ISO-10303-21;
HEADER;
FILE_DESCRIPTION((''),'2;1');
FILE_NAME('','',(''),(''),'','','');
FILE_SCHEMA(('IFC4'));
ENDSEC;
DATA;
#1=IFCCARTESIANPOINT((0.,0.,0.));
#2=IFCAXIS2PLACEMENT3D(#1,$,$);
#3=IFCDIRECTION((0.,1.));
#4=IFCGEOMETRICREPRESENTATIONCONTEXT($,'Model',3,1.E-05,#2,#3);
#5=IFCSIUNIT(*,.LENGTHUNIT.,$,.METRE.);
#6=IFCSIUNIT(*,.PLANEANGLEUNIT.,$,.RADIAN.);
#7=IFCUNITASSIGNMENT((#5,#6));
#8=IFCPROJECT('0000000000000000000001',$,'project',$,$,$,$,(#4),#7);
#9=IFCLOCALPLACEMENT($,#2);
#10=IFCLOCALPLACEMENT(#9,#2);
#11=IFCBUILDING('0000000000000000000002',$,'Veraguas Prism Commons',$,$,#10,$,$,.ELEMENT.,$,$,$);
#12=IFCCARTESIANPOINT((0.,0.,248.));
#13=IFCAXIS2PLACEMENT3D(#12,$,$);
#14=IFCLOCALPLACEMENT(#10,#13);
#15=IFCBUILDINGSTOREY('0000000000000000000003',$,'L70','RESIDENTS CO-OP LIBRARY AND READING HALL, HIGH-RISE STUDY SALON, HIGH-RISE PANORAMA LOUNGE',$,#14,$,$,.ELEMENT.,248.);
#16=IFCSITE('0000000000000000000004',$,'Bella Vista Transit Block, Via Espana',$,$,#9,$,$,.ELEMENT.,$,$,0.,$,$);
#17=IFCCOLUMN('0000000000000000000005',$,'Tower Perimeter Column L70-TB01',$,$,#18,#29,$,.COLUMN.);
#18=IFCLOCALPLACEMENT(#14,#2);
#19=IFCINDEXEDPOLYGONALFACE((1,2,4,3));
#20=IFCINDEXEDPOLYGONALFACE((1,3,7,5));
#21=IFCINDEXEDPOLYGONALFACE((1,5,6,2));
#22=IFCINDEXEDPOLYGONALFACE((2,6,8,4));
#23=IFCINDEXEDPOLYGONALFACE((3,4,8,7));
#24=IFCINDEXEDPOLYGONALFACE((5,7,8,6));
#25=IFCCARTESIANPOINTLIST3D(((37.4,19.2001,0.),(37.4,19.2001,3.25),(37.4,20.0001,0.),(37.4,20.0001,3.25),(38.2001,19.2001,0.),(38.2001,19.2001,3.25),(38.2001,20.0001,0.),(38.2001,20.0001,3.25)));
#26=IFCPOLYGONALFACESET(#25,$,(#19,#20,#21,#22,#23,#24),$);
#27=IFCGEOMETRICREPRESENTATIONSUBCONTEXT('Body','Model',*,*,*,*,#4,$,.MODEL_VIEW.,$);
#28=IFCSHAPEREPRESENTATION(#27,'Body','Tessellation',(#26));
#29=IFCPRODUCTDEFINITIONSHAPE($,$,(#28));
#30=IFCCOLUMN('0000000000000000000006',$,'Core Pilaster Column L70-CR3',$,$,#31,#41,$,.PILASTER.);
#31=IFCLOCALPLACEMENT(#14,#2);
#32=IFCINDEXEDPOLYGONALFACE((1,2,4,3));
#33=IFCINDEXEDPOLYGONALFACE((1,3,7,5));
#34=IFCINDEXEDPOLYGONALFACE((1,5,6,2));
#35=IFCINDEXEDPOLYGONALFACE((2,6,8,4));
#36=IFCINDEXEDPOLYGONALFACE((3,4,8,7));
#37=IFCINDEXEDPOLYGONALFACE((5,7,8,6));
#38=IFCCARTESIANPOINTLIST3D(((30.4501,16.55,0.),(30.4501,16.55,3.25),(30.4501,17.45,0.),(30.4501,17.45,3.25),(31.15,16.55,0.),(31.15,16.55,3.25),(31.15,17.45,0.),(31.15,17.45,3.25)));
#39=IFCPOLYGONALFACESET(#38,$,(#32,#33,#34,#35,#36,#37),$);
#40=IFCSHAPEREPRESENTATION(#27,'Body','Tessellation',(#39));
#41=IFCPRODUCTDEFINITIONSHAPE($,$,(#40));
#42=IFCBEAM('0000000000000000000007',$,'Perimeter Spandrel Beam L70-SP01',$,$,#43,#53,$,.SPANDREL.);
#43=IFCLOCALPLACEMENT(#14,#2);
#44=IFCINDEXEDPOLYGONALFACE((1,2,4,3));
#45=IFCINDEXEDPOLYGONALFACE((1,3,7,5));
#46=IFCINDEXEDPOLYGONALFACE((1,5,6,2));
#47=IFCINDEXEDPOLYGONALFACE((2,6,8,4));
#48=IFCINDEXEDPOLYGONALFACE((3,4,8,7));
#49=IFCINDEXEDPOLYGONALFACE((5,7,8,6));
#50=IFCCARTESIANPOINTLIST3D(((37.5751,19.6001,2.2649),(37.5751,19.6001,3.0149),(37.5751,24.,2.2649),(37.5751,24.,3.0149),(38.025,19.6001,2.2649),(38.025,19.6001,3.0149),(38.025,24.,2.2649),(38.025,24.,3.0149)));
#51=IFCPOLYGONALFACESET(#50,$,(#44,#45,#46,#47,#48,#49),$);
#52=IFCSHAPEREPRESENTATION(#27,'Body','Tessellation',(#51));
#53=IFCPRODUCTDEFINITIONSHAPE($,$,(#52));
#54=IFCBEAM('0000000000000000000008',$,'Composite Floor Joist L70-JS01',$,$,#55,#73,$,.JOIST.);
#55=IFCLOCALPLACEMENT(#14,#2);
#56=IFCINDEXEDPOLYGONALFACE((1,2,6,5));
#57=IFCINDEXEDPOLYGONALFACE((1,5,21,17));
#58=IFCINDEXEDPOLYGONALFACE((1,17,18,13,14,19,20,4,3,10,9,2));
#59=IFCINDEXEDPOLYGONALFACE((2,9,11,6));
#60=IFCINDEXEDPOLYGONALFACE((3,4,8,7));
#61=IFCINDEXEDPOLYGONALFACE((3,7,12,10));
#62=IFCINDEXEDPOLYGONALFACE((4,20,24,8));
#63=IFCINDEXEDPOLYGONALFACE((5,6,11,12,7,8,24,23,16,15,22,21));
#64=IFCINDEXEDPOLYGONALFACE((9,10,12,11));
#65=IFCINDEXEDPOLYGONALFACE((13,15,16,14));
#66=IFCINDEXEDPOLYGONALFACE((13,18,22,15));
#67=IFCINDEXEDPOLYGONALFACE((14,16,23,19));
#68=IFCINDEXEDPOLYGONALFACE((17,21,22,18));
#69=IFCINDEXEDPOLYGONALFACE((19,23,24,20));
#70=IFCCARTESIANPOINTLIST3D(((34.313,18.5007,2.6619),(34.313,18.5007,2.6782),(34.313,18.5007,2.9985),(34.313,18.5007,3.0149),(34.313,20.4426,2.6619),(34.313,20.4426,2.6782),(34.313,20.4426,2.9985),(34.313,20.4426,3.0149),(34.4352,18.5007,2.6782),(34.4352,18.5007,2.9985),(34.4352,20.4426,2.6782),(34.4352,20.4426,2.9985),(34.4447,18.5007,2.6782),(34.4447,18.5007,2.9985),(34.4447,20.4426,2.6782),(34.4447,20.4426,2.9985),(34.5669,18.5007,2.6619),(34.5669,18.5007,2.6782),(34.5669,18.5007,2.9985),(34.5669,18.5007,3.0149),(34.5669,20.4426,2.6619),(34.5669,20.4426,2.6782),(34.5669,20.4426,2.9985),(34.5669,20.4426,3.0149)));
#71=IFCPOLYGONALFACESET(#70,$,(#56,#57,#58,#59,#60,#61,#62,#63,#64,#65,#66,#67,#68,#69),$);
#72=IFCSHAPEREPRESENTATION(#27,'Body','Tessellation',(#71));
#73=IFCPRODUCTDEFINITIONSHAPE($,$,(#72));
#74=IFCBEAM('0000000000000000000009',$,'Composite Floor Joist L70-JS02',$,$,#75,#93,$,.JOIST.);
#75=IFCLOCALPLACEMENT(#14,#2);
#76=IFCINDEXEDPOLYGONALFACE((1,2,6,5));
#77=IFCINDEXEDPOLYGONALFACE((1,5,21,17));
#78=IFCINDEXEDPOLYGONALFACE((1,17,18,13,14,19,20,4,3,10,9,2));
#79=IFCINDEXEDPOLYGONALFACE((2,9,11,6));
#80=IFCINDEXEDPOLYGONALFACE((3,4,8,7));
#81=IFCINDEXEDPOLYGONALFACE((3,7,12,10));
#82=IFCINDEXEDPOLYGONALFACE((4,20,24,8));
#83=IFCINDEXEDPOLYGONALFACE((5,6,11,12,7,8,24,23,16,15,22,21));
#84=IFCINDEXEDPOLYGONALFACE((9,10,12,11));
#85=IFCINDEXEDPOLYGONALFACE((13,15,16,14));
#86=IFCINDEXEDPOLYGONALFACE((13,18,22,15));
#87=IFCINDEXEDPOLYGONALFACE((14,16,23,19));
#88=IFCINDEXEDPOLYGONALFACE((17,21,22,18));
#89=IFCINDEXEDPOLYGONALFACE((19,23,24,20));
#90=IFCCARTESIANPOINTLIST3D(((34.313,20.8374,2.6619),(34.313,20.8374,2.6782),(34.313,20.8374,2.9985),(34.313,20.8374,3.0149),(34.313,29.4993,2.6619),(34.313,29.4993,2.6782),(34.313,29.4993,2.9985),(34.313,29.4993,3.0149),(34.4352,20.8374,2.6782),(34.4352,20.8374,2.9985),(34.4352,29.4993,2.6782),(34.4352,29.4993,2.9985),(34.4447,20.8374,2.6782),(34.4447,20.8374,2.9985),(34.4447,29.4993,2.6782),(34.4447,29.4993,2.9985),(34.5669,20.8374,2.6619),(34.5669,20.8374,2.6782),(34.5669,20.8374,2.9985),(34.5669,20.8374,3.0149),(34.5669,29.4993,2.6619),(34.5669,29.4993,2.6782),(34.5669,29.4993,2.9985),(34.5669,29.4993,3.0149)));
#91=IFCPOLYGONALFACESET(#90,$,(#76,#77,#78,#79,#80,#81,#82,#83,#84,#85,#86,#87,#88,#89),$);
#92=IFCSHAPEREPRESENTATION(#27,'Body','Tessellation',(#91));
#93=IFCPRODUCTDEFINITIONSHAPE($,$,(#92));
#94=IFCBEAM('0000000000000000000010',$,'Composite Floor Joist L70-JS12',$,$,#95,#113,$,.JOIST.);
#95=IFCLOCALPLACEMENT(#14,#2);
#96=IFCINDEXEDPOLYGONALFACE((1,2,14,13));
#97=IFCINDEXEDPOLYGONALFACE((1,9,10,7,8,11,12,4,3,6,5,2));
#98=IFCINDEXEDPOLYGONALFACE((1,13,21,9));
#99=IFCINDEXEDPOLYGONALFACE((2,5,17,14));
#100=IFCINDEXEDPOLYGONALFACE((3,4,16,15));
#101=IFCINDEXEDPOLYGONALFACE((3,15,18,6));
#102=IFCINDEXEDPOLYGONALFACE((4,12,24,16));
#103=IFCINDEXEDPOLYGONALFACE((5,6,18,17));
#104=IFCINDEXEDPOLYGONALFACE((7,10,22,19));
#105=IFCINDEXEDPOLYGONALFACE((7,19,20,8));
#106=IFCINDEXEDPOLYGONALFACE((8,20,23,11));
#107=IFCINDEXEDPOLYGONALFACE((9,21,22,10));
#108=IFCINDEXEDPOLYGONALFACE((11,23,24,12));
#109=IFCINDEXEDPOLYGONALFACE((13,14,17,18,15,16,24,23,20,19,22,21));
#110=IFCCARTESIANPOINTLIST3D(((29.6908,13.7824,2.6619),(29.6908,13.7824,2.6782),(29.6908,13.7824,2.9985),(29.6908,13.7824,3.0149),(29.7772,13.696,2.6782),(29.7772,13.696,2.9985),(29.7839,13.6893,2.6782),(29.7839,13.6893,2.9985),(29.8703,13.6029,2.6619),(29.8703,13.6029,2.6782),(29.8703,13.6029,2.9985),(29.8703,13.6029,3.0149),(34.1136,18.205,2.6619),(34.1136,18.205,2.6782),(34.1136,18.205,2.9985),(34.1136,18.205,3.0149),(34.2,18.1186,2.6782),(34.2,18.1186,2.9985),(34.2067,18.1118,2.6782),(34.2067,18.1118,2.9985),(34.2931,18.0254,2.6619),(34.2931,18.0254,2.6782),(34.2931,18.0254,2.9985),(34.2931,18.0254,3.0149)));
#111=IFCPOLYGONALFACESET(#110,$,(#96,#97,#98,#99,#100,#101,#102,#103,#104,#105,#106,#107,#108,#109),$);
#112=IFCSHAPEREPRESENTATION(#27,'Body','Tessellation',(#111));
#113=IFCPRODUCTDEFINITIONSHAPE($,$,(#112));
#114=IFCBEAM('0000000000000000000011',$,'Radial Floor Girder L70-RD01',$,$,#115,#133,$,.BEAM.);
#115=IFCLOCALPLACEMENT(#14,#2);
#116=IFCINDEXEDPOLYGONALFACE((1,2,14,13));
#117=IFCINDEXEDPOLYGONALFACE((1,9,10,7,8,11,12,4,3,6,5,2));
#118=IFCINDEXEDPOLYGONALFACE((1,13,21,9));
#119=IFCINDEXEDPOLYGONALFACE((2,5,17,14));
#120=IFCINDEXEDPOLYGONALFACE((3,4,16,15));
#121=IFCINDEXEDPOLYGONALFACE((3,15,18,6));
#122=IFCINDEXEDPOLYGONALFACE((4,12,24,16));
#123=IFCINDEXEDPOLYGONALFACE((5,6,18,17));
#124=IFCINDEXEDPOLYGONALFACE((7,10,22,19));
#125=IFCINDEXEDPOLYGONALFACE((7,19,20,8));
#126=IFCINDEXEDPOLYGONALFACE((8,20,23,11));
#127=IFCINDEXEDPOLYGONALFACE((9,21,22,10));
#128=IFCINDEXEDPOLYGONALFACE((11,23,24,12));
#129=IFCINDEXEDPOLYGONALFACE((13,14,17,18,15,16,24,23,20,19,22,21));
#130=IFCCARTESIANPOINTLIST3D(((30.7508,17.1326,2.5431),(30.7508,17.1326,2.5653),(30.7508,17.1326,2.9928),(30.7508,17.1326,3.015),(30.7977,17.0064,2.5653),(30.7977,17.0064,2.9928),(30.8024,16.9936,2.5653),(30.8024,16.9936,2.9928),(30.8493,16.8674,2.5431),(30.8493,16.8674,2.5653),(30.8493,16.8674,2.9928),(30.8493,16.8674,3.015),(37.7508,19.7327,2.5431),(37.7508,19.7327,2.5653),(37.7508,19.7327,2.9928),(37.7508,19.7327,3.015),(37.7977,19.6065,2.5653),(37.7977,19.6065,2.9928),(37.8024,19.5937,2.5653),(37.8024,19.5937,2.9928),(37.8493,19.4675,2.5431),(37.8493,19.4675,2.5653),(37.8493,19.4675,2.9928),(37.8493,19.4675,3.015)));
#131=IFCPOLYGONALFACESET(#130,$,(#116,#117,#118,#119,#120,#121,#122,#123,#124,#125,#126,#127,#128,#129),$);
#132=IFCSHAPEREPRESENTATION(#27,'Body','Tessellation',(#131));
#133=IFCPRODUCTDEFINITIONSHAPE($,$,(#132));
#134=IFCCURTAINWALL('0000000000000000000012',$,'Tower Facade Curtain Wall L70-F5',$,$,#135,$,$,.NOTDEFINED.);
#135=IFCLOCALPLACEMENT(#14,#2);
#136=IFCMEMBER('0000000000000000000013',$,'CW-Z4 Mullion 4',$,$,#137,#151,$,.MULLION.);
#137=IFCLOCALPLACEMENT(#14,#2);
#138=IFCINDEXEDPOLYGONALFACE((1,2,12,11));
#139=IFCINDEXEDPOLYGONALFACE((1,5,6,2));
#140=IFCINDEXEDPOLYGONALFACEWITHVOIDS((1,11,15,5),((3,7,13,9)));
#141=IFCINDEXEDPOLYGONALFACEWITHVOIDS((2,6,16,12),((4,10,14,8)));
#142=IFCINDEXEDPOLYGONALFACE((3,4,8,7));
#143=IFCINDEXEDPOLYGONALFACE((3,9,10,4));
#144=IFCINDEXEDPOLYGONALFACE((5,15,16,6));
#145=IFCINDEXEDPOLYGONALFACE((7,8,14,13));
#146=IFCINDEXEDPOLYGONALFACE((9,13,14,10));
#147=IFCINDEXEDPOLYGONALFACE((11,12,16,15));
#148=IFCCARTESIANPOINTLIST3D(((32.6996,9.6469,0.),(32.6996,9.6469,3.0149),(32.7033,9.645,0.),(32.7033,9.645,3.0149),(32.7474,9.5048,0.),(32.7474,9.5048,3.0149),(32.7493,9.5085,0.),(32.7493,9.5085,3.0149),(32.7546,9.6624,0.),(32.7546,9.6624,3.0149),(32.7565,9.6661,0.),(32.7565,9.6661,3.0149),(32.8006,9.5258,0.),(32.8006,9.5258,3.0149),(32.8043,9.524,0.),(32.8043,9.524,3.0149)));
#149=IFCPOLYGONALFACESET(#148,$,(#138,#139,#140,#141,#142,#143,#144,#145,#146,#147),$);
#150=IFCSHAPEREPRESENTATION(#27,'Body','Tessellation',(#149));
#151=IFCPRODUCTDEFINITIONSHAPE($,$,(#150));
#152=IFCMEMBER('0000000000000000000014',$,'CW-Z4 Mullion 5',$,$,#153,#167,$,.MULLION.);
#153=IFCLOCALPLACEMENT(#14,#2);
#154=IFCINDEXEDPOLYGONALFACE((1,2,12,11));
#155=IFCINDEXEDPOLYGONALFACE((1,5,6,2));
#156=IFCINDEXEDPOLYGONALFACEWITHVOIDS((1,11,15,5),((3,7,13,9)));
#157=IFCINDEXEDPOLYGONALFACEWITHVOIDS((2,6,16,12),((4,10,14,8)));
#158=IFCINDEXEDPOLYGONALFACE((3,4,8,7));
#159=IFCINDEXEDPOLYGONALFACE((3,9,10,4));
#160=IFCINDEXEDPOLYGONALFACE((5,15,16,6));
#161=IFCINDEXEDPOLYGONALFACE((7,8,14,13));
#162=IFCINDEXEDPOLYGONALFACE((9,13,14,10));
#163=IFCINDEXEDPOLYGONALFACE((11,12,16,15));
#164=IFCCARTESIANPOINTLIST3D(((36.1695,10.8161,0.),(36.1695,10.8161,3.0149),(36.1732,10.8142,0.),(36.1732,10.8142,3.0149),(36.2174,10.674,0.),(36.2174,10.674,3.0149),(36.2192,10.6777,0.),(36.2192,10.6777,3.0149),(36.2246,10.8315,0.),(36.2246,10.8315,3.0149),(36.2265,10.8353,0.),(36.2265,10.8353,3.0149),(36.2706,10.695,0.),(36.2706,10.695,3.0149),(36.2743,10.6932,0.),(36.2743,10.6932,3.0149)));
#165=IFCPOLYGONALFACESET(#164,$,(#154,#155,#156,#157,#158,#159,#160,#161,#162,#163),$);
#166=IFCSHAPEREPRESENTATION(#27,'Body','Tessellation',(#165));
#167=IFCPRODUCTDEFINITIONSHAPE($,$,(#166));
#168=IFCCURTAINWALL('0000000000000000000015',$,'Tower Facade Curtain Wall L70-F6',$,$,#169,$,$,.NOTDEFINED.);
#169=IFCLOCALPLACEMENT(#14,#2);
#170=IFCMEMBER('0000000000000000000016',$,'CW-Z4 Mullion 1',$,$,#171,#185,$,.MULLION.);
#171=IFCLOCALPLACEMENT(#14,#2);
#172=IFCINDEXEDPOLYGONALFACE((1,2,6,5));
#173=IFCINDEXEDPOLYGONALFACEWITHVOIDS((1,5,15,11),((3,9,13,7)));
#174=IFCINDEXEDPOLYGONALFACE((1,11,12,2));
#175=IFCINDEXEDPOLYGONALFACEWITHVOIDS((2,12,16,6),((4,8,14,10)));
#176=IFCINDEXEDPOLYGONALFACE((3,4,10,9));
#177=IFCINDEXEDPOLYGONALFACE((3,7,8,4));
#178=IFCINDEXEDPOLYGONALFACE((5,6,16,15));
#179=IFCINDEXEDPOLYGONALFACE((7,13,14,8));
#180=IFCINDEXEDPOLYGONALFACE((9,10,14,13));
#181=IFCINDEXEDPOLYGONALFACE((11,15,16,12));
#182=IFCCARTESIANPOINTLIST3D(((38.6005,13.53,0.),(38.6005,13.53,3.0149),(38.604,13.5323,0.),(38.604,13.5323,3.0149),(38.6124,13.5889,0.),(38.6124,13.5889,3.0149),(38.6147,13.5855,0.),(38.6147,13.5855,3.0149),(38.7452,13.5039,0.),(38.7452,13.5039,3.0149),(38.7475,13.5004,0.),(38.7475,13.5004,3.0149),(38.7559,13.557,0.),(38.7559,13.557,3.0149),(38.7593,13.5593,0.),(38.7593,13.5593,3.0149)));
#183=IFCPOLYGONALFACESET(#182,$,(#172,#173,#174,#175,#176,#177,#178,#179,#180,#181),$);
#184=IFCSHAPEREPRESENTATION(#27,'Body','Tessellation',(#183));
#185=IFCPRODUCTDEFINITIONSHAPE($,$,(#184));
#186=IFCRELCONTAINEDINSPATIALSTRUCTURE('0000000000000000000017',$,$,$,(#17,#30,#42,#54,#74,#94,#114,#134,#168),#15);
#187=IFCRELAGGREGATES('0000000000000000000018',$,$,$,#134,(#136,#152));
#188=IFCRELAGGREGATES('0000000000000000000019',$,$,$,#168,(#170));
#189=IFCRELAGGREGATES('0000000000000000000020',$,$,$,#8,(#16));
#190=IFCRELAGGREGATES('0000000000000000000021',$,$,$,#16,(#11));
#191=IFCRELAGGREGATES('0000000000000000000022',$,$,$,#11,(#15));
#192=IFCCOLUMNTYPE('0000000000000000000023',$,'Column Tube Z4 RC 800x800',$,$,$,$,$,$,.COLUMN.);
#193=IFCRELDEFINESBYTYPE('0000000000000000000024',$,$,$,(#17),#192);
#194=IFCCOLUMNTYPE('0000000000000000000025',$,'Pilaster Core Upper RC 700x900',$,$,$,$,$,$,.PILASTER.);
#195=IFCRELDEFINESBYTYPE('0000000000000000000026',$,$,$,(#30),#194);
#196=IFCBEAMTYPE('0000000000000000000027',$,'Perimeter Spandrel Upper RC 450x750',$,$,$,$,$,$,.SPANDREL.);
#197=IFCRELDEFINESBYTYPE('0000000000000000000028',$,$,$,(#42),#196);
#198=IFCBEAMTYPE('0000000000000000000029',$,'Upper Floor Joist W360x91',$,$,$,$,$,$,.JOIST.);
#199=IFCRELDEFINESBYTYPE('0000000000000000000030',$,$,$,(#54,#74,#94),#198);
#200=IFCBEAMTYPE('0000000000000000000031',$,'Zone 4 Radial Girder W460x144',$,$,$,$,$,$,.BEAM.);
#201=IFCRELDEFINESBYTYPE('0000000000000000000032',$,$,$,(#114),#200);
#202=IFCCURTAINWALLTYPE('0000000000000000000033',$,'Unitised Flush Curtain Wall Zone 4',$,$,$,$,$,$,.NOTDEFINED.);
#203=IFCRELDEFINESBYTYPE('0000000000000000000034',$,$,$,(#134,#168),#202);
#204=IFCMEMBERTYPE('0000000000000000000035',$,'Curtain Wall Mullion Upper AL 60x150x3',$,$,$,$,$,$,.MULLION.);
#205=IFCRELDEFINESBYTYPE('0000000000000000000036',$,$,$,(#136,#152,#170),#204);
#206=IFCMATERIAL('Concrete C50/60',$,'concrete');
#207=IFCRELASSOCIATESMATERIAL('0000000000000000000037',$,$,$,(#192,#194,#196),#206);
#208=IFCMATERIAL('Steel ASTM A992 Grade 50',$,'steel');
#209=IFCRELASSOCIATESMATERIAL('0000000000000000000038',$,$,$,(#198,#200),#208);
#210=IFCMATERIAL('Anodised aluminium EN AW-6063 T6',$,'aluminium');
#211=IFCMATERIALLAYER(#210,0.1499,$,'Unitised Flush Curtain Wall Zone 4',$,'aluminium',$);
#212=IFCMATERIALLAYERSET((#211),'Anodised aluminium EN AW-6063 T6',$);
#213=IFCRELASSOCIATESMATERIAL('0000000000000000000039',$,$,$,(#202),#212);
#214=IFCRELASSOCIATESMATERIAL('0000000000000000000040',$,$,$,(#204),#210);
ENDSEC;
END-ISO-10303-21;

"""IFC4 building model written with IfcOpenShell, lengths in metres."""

from ifc_helpers import new_model, si_unit, direction, frame, origin, origin_2d, place, context, subcontext, project, spatial, rectangle, hollow_rectangle, i_section, extrude, source, transform, mapped, material, layer, layer_set, material_profile, profile_set, type_object, element, aggregate, save


model = new_model("IFC4")

# Units and contexts
model_context = context("Model", 3, precision=1e-05, world=origin(), true_north=direction((0.0, 1.0)))
body_context = subcontext(model_context, "Body", "Model", "MODEL_VIEW")
ifc_project = project(units=[si_unit("LENGTHUNIT", "METRE"), si_unit("PLANEANGLEUNIT", "RADIAN")], contexts=[model_context])

# Site, building, storey
site_placement = place(None, origin())
site = spatial("IfcSite", under=ifc_project, at=site_placement, Name="Bella Vista Transit Block, Via Espana", CompositionType="ELEMENT", RefElevation=0.0)
building_placement = place(site_placement, origin())
building = spatial("IfcBuilding", under=site, at=building_placement, Name="Veraguas Prism Commons", CompositionType="ELEMENT")
storey_placement = place(building_placement, frame((0.0, 0.0, 248.0)))
storey = spatial("IfcBuildingStorey", under=building, at=storey_placement, Name="L70", Description="RESIDENTS CO-OP LIBRARY AND READING HALL, HIGH-RISE STUDY SALON, HIGH-RISE PANORAMA LOUNGE", CompositionType="ELEMENT", Elevation=248.0)

# Columns
ifc_material_1 = material(Name="Concrete C50/60", Category="concrete")
ifc_material_profile_1 = material_profile(ifc_material_1, rectangle(XDim=0.8, YDim=0.8, at=origin_2d()), Name="RC800X800")
ifc_profile_set_1 = profile_set([ifc_material_profile_1], Name="Concrete C50/60")
column_type_1 = type_object("IfcColumnType", Name="Column Tube Z4 RC 800x800", PredefinedType="COLUMN", material=ifc_profile_set_1)
column_1_placement = place(storey_placement, frame((37.8, 19.6001, 0.0), z_axis=(0.0, 0.0, 1.0), x_axis=(1.0, 0.0, 0.0)))
element("IfcColumn", 1, at=column_1_placement, inside=storey, type_object=column_type_1, Name="Tower Perimeter Column L70-TB01", PredefinedType="COLUMN", context=body_context, shape_type="SweptSolid", body=[
    extrude(rectangle(XDim=0.8, YDim=0.8, at=origin_2d()), origin(), (0.0, 0.0, 1.0), 3.25),
])
ifc_material_profile_2 = material_profile(ifc_material_1, rectangle(XDim=0.7, YDim=0.8999, at=origin_2d()), Name="RC700X900")
ifc_profile_set_2 = profile_set([ifc_material_profile_2], Name="Concrete C50/60")
column_type_2 = type_object("IfcColumnType", Name="Pilaster Core Upper RC 700x900", PredefinedType="PILASTER", material=ifc_profile_set_2)
column_2_placement = place(storey_placement, frame((30.8, 17.0, 0.0), z_axis=(0.0, 0.0, 1.0), x_axis=(1.0, 0.0, 0.0)))
element("IfcColumn", 2, at=column_2_placement, inside=storey, type_object=column_type_2, Name="Core Pilaster Column L70-CR3", PredefinedType="PILASTER", context=body_context, shape_type="SweptSolid", body=[
    extrude(rectangle(XDim=0.7, YDim=0.8999, at=origin_2d()), origin(), (0.0, 0.0, 1.0), 3.25),
])

# Beams
ifc_material_profile_3 = material_profile(ifc_material_1, rectangle(XDim=0.45, YDim=0.75, at=origin_2d()), Name="RC450X750")
ifc_profile_set_3 = profile_set([ifc_material_profile_3], Name="Concrete C50/60")
beam_type_1 = type_object("IfcBeamType", Name="Perimeter Spandrel Upper RC 450x750", PredefinedType="SPANDREL", material=ifc_profile_set_3)
beam_1_placement = place(storey_placement, frame((37.8, 19.6001, 2.6399), z_axis=(0.0, 1.0, 0.0), x_axis=(-1.0, 0.0, 0.0)))
element("IfcBeam", 3, at=beam_1_placement, inside=storey, type_object=beam_type_1, Name="Perimeter Spandrel Beam L70-SP01", PredefinedType="SPANDREL", context=body_context, shape_type="SweptSolid", body=[
    extrude(rectangle(XDim=0.45, YDim=0.75, at=origin_2d()), origin(), (0.0, 0.0, 1.0), 4.3999),
])
ifc_material_2 = material(Name="Steel ASTM A992 Grade 50", Category="steel")
ifc_material_profile_4 = material_profile(ifc_material_2, i_section(OverallWidth=0.2539, OverallDepth=0.353, WebThickness=0.0095, FlangeThickness=0.0164, at=origin_2d()), Name="W360X91")
ifc_profile_set_4 = profile_set([ifc_material_profile_4], Name="Steel ASTM A992 Grade 50")
beam_type_2 = type_object("IfcBeamType", Name="Upper Floor Joist W360x91", PredefinedType="JOIST", material=ifc_profile_set_4)
beam_2_placement = place(storey_placement, frame((34.4399, 18.5007, 2.8384), z_axis=(0.0, 1.0, 0.0), x_axis=(-1.0, 0.0, 0.0)))
element("IfcBeam", 4, at=beam_2_placement, inside=storey, type_object=beam_type_2, Name="Composite Floor Joist L70-JS01", PredefinedType="JOIST", context=body_context, shape_type="SweptSolid", body=[
    extrude(i_section(OverallWidth=0.2539, OverallDepth=0.353, WebThickness=0.0095, FlangeThickness=0.0164, at=origin_2d()), origin(), (0.0, 0.0, 1.0), 1.9419),
])
beam_3_placement = place(storey_placement, frame((34.4399, 20.8374, 2.8384), z_axis=(0.0, 1.0, 0.0), x_axis=(-1.0, 0.0, 0.0)))
element("IfcBeam", 5, at=beam_3_placement, inside=storey, type_object=beam_type_2, Name="Composite Floor Joist L70-JS02", PredefinedType="JOIST", context=body_context, shape_type="SweptSolid", body=[
    extrude(i_section(OverallWidth=0.2539, OverallDepth=0.353, WebThickness=0.0095, FlangeThickness=0.0164, at=origin_2d()), origin(), (0.0, 0.0, 1.0), 8.6619),
])
beam_4_placement = place(storey_placement, frame((29.7805, 13.6926, 2.8384), z_axis=(0.707126, 0.707087, 0.0), x_axis=(-0.707087, 0.707126, 0.0)))
element("IfcBeam", 6, at=beam_4_placement, inside=storey, type_object=beam_type_2, Name="Composite Floor Joist L70-JS12", PredefinedType="JOIST", context=body_context, shape_type="SweptSolid", body=[
    extrude(i_section(OverallWidth=0.2539, OverallDepth=0.353, WebThickness=0.0095, FlangeThickness=0.0164, at=origin_2d()), origin(), (0.0, 0.0, 1.0), 6.2546),
])
ifc_material_profile_5 = material_profile(ifc_material_2, i_section(OverallWidth=0.283, OverallDepth=0.4719, WebThickness=0.0137, FlangeThickness=0.0222, at=origin_2d()), Name="W460X144")
ifc_profile_set_5 = profile_set([ifc_material_profile_5], Name="Steel ASTM A992 Grade 50")
beam_type_3 = type_object("IfcBeamType", Name="Zone 4 Radial Girder W460x144", PredefinedType="BEAM", material=ifc_profile_set_5)
beam_5_placement = place(storey_placement, frame((37.8, 19.6001, 2.7791), z_axis=(-0.937421, -0.348198, 0.0), x_axis=(0.348198, -0.937421, 0.0)))
element("IfcBeam", 7, at=beam_5_placement, inside=storey, type_object=beam_type_3, Name="Radial Floor Girder L70-RD01", PredefinedType="BEAM", context=body_context, shape_type="SweptSolid", body=[
    extrude(i_section(OverallWidth=0.283, OverallDepth=0.4719, WebThickness=0.0137, FlangeThickness=0.0222, at=origin_2d()), origin(), (0.0, 0.0, 1.0), 7.4673),
])

# Curtain walls, members
ifc_material_3 = material(Name="Anodised aluminium EN AW-6063 T6", Category="aluminium")
ifc_layer_1 = layer(ifc_material_3, 0.1499, Name="Unitised Flush Curtain Wall Zone 4", Category="aluminium")
ifc_layer_set_1 = layer_set([ifc_layer_1], Name="Anodised aluminium EN AW-6063 T6")
curtain_wall_type = type_object("IfcCurtainWallType", Name="Unitised Flush Curtain Wall Zone 4", PredefinedType="NOTDEFINED", material=ifc_layer_set_1)
curtain_wall_1_placement = place(storey_placement, origin())
curtain_wall_1 = element("IfcCurtainWall", 8, at=curtain_wall_1_placement, inside=storey, type_object=curtain_wall_type, Name="Tower Facade Curtain Wall L70-F5", PredefinedType="NOTDEFINED")
ifc_material_profile_6 = material_profile(ifc_material_3, hollow_rectangle(XDim=0.0601, YDim=0.1499, WallThickness=0.0029, at=origin_2d()), Name="AL60X150X3")
ifc_profile_set_6 = profile_set([ifc_material_profile_6], Name="Anodised aluminium EN AW-6063 T6")
member_type_1 = type_object("IfcMemberType", Name="Curtain Wall Mullion Upper AL 60x150x3", PredefinedType="MULLION", material=ifc_profile_set_6)
shared_shape_1 = source(origin(), body_context, "Body", "SweptSolid", [
    extrude(hollow_rectangle(XDim=0.0601, YDim=0.1499, WallThickness=0.0029, at=origin_2d()), origin(), (0.0, 0.0, 1.0), 3.0149),
])
member_1_placement = place(storey_placement, frame((32.752, 9.5854, 0.0), z_axis=(0.0, 0.0, 1.0), x_axis=(0.947659, 0.319284, 0.0)))
member_1 = element("IfcMember", 9, at=member_1_placement, type_object=member_type_1, Name="CW-Z4 Mullion 4", PredefinedType="MULLION", context=body_context, shape_type="MappedRepresentation", body=[
    mapped(shared_shape_1, transform((0.0, 0.0, 0.0), scale=1.0)),
])
member_2_placement = place(storey_placement, frame((36.2219, 10.7546, 0.0), z_axis=(0.0, 0.0, 1.0), x_axis=(0.947659, 0.319284, 0.0)))
member_2 = element("IfcMember", 10, at=member_2_placement, type_object=member_type_1, Name="CW-Z4 Mullion 5", PredefinedType="MULLION", context=body_context, shape_type="MappedRepresentation", body=[
    mapped(shared_shape_1, transform((0.0, 0.0, 0.0), scale=1.0)),
])
curtain_wall_2_placement = place(storey_placement, origin())
curtain_wall_2 = element("IfcCurtainWall", 11, at=curtain_wall_2_placement, inside=storey, type_object=curtain_wall_type, Name="Tower Facade Curtain Wall L70-F6", PredefinedType="NOTDEFINED")
member_3_placement = place(storey_placement, frame((38.6799, 13.5447, 0.0), z_axis=(0.0, 0.0, 1.0), x_axis=(0.197319, 0.980339, 0.0)))
member_3 = element("IfcMember", 12, at=member_3_placement, type_object=member_type_1, Name="CW-Z4 Mullion 1", PredefinedType="MULLION", context=body_context, shape_type="MappedRepresentation", body=[
    mapped(shared_shape_1, transform((0.0, 0.0, 0.0), scale=1.0)),
])

aggregate(curtain_wall_1, [member_1, member_2])
aggregate(curtain_wall_2, [member_3])

save(model, "model.ifc")
